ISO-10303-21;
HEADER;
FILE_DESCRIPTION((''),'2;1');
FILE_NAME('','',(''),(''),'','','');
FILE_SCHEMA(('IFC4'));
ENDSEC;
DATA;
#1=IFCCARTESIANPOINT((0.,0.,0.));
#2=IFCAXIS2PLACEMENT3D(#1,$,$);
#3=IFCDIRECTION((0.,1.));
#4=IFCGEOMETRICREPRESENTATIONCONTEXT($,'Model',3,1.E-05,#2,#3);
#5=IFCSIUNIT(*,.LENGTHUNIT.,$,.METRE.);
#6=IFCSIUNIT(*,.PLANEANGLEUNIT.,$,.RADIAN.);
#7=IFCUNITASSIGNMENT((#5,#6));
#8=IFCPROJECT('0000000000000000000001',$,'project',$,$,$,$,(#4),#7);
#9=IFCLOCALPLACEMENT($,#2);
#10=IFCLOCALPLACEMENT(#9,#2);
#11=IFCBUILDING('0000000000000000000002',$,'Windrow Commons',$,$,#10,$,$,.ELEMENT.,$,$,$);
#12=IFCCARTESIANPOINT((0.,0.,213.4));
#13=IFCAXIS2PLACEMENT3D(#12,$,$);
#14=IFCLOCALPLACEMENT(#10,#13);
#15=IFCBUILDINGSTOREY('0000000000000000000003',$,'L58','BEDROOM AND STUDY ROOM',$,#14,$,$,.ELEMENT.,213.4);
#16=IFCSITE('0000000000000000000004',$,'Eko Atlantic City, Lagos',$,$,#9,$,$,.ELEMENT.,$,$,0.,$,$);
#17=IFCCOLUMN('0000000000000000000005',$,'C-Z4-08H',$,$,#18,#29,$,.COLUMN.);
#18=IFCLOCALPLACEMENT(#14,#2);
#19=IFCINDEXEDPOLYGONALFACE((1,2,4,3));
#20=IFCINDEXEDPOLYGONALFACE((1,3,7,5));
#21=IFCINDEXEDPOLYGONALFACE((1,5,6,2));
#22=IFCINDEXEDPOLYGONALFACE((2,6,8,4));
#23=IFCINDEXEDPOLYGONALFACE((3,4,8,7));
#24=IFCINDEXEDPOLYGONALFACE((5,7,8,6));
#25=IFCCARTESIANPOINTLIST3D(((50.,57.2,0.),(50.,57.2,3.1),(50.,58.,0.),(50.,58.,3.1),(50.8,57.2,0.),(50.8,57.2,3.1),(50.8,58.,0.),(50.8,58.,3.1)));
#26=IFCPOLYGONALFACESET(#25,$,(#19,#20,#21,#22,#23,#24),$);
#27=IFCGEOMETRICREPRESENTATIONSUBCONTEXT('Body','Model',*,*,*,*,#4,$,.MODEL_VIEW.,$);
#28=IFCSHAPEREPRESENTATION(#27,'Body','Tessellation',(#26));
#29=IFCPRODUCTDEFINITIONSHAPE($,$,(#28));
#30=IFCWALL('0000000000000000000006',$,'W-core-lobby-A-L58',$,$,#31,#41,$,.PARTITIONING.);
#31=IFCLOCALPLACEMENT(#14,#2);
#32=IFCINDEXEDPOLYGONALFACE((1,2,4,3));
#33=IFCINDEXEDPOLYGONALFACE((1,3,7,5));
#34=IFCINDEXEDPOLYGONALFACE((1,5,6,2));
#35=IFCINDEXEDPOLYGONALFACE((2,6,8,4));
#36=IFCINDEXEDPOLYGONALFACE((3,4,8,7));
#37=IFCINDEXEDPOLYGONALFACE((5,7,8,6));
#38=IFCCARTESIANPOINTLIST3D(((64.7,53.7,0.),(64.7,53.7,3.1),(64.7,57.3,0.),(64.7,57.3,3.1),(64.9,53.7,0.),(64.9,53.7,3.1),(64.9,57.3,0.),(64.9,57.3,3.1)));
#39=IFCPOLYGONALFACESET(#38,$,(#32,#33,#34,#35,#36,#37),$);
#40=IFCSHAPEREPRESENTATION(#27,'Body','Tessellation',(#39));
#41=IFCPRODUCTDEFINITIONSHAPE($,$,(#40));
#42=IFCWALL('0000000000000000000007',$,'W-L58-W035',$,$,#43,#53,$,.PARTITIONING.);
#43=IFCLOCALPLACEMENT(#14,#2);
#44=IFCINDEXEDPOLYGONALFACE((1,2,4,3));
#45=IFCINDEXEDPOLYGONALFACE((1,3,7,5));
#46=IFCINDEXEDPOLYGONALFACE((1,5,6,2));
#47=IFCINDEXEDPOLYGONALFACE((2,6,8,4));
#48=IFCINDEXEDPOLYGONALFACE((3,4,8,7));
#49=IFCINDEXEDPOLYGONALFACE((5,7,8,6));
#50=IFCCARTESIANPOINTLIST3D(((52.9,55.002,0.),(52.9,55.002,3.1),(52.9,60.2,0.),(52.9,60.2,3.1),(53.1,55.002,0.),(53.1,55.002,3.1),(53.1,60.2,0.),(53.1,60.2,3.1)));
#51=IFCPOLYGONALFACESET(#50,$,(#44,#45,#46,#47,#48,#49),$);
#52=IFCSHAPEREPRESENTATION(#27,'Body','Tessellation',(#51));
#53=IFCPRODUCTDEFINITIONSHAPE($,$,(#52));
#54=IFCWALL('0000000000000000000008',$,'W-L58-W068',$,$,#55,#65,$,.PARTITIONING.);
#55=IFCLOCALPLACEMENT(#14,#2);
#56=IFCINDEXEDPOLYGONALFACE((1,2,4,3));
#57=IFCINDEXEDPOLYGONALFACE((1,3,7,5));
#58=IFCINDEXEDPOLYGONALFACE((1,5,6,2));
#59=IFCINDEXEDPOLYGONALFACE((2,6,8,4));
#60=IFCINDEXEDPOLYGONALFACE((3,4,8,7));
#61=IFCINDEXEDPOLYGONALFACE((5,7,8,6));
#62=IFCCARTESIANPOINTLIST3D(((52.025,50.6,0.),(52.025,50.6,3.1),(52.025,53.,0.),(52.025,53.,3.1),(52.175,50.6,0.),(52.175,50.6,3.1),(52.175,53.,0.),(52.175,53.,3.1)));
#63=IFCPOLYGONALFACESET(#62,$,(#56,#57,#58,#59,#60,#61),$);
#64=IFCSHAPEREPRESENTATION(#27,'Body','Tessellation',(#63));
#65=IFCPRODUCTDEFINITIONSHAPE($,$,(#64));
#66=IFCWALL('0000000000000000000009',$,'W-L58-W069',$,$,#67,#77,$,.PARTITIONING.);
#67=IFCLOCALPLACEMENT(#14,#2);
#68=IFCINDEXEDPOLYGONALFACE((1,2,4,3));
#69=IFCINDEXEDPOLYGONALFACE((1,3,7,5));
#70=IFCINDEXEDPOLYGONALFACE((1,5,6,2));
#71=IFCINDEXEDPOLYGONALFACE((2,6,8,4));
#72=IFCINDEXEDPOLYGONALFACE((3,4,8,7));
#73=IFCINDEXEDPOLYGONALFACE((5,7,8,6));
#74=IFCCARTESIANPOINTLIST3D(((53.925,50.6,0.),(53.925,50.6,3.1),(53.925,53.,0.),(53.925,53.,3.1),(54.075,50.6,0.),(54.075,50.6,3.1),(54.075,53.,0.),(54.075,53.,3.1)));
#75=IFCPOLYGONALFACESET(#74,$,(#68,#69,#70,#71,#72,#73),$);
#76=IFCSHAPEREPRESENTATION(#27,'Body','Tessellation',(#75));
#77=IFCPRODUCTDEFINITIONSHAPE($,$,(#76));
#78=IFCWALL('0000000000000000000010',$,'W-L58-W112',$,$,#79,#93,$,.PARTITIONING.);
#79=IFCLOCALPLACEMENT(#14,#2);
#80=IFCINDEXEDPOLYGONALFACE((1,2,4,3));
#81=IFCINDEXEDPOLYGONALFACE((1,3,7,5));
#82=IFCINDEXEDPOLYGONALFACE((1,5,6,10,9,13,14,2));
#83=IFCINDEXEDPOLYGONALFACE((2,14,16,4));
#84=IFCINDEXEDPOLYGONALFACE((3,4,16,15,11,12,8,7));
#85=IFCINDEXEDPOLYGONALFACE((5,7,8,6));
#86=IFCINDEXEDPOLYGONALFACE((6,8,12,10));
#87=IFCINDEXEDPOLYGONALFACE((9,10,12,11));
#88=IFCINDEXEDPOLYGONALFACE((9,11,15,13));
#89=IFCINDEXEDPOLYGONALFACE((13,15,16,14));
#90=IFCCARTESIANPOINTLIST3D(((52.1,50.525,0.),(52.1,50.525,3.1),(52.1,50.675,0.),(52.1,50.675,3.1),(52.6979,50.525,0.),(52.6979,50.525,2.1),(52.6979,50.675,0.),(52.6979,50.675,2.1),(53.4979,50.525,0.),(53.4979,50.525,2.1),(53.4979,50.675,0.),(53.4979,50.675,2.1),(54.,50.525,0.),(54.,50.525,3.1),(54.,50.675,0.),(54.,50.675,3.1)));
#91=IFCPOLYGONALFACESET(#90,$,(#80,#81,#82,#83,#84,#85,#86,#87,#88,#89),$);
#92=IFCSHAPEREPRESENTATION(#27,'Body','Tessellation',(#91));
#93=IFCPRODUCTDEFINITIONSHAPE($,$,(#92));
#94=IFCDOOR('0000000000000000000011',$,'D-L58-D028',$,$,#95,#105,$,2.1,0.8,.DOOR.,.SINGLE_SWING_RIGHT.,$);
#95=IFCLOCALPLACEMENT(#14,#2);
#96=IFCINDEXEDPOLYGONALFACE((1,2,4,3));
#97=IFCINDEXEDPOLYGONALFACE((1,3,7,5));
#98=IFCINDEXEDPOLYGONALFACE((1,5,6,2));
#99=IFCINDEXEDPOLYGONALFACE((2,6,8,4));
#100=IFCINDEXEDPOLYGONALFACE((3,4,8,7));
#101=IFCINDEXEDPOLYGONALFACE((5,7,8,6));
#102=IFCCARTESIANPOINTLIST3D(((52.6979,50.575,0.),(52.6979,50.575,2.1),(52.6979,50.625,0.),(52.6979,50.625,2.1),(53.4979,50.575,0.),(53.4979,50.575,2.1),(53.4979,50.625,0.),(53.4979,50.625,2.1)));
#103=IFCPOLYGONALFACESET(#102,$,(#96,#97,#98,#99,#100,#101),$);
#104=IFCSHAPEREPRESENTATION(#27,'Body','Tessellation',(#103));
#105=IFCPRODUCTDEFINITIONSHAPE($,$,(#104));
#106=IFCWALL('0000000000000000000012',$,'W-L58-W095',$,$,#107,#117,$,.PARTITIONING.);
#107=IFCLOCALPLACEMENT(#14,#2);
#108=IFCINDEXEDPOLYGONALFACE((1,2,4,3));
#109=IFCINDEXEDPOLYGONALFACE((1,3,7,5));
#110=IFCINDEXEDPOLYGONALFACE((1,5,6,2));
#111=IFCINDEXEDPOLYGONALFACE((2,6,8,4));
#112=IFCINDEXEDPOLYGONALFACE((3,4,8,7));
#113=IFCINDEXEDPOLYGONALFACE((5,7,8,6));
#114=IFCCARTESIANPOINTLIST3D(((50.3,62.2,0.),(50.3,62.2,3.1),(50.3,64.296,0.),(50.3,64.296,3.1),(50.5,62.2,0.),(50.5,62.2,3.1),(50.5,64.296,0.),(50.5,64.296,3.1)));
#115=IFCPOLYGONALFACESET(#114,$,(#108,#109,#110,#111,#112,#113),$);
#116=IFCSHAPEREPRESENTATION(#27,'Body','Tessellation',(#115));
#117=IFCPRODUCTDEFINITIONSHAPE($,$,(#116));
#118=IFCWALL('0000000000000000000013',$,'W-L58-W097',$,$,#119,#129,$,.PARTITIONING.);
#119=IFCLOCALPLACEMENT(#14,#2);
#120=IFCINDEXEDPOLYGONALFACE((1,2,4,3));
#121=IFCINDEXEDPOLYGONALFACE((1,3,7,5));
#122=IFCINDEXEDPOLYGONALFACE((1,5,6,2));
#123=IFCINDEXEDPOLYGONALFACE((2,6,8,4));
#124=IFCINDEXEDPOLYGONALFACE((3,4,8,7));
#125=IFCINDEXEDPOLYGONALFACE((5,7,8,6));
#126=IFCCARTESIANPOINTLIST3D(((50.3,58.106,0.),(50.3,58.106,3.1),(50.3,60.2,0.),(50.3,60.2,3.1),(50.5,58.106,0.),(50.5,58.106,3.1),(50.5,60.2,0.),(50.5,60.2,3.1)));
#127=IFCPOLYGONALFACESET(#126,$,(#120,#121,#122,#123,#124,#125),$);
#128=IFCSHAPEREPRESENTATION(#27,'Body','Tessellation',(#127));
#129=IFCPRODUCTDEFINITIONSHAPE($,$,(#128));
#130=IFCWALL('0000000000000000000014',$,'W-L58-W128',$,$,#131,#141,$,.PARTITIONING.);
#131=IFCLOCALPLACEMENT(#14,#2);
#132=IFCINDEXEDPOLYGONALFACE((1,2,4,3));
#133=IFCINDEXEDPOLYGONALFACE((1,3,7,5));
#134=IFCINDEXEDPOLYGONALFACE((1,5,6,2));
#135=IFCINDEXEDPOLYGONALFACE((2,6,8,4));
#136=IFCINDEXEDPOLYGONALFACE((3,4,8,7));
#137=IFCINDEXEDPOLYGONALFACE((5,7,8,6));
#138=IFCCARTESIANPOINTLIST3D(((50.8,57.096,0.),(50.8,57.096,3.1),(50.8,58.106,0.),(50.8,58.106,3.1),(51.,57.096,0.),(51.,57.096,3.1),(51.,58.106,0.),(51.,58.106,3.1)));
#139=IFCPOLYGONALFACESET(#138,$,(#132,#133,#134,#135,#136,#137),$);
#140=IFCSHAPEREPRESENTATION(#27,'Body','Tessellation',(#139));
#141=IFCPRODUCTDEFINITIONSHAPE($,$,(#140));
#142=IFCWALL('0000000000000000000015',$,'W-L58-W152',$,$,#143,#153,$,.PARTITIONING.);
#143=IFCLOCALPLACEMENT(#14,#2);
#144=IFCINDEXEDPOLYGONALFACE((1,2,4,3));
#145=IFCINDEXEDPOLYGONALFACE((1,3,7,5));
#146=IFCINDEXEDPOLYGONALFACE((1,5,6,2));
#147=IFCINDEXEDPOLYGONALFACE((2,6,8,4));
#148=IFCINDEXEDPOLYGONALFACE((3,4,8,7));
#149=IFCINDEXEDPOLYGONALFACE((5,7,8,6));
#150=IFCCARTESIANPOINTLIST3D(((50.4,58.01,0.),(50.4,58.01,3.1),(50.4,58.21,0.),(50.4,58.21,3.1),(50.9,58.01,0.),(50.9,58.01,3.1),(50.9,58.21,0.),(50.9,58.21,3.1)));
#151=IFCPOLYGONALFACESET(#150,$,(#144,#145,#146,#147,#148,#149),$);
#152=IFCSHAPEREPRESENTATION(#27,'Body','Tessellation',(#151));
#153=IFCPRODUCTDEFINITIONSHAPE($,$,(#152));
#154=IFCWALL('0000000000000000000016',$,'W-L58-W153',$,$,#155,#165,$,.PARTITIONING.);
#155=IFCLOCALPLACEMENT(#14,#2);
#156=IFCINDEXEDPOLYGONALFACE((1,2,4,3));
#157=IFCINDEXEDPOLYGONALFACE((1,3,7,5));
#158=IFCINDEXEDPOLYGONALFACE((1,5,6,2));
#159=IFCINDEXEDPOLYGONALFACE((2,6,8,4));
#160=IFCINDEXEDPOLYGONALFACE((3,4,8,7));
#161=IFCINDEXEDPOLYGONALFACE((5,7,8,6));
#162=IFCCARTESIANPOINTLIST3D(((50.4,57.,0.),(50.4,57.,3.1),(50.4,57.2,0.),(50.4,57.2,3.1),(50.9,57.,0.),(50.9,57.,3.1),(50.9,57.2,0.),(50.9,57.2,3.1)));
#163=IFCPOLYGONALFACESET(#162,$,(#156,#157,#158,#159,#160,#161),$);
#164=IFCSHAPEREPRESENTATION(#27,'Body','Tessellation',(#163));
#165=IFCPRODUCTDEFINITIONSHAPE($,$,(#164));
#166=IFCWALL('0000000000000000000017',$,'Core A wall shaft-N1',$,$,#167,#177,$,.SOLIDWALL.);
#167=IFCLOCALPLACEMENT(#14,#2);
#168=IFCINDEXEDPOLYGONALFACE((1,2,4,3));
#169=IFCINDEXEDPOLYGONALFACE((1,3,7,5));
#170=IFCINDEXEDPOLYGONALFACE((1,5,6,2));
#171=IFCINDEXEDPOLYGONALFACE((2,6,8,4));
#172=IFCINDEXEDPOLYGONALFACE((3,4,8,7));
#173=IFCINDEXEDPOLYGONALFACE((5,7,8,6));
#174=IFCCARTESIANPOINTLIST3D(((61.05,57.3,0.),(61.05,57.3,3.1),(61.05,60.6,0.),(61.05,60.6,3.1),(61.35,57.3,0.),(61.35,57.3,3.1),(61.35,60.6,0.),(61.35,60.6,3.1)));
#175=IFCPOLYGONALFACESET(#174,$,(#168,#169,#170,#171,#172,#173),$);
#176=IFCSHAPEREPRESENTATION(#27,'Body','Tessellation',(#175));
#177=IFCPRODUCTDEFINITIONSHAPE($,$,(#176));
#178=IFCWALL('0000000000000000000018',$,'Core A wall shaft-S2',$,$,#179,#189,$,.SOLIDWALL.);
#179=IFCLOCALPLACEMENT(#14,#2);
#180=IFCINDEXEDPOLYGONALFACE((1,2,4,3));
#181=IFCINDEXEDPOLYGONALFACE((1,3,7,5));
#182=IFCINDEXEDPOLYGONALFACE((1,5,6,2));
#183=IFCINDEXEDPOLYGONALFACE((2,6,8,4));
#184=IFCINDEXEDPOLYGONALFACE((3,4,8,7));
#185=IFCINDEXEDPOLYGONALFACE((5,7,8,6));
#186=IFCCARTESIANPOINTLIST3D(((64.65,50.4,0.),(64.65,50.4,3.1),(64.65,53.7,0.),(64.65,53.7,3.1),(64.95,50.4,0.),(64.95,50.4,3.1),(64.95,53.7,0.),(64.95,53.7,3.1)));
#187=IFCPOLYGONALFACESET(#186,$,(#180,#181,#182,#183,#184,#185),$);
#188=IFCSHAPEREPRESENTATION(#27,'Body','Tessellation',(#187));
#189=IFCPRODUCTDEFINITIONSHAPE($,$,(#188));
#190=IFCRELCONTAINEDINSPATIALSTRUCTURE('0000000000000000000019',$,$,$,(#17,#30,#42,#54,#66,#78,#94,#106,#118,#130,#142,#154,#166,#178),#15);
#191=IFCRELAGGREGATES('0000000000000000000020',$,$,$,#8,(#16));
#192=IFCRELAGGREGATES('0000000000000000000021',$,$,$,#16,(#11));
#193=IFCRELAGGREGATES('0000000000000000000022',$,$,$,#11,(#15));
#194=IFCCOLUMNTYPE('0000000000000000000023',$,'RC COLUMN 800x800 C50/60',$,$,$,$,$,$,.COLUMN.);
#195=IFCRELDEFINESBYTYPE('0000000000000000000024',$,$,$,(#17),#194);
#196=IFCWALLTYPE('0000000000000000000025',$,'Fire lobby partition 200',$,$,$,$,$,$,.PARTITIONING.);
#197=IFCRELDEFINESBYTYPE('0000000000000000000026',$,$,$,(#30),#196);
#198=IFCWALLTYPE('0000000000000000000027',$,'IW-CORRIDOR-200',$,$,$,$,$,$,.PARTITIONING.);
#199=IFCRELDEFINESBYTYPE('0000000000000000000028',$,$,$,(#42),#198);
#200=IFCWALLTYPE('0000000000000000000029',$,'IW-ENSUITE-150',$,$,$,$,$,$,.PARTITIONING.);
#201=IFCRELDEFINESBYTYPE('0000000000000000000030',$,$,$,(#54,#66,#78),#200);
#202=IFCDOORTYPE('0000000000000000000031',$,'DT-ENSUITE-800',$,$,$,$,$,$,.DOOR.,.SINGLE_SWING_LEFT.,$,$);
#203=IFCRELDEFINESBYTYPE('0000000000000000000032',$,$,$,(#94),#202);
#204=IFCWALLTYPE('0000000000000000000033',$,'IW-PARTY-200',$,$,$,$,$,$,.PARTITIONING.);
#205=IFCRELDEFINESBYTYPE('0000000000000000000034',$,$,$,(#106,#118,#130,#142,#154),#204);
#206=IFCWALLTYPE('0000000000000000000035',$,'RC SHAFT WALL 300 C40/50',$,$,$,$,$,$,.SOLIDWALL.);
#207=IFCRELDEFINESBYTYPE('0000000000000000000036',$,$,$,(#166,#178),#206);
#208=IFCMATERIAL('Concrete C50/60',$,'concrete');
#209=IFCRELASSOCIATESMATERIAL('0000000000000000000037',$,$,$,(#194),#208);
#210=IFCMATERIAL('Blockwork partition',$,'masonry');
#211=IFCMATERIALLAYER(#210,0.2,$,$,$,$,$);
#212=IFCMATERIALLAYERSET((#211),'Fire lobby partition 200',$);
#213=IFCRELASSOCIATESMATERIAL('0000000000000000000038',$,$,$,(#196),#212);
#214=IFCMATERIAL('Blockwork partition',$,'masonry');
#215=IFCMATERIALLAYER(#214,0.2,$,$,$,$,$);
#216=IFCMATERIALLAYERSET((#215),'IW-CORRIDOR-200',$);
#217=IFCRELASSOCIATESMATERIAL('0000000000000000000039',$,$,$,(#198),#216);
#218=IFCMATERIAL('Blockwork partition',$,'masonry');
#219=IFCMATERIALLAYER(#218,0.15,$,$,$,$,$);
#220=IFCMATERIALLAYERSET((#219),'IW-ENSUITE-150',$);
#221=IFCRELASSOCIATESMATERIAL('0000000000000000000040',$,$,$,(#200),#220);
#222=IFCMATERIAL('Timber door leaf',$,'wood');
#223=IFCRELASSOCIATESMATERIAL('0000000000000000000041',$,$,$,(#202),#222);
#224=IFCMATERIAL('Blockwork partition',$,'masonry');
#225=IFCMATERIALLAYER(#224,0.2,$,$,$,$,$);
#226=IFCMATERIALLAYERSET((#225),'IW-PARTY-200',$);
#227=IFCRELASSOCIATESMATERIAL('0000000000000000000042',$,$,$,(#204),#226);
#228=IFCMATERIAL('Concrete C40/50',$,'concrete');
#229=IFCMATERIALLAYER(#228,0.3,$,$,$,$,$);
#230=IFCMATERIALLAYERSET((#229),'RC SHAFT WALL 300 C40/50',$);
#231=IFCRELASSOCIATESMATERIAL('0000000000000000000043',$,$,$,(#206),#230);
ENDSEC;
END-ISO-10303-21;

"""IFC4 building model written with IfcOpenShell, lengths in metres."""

from ifc_helpers import new_model, si_unit, direction, frame, frame_2d, origin, origin_2d, place, context, subcontext, project, spatial, rectangle, extrude, material, layer, layer_set, material_profile, profile_set, type_object, element, fill, save


model = new_model("IFC4")

# Units and contexts
model_context = context("Model", 3, precision=1e-05, world=origin(), true_north=direction((0.0, 1.0)))
body_context = subcontext(model_context, "Body", "Model", "MODEL_VIEW")
ifc_project = project(units=[si_unit("LENGTHUNIT", "METRE"), si_unit("PLANEANGLEUNIT", "RADIAN")], contexts=[model_context])

# Site, building, storey
site_placement = place(None, origin())
site = spatial("IfcSite", under=ifc_project, at=site_placement, Name="Eko Atlantic City, Lagos", CompositionType="ELEMENT", RefElevation=0.0)
building_placement = place(site_placement, origin())
building = spatial("IfcBuilding", under=site, at=building_placement, Name="Windrow Commons", CompositionType="ELEMENT")
storey_placement = place(building_placement, frame((0.0, 0.0, 213.4)))
storey = spatial("IfcBuildingStorey", under=building, at=storey_placement, Name="L58", Description="BEDROOM AND STUDY ROOM", CompositionType="ELEMENT", Elevation=213.4)

# Column
ifc_material_1 = material(Name="Concrete C50/60", Category="concrete")
ifc_material_profile = material_profile(ifc_material_1, rectangle(XDim=0.8, YDim=0.8, at=origin_2d()))
ifc_profile_set = profile_set([ifc_material_profile], Name="Concrete C50/60")
column_type = type_object("IfcColumnType", Name="RC COLUMN 800x800 C50/60", PredefinedType="COLUMN", material=ifc_profile_set)
column_placement = place(storey_placement, frame((50.4, 57.6, 0.0), z_axis=(0.0, 0.0, 1.0), x_axis=(1.0, 0.0, 0.0)))
element("IfcColumn", 1, at=column_placement, inside=storey, type_object=column_type, Name="C-Z4-08H", PredefinedType="COLUMN", context=body_context, shape_type="SweptSolid", body=[
    extrude(rectangle(XDim=0.8, YDim=0.8, at=origin_2d()), origin(), (0.0, 0.0, 1.0), 3.1),
])

# Walls
ifc_material_2 = material(Name="Blockwork partition", Category="masonry")
ifc_layer_1 = layer(ifc_material_2, 0.2)
ifc_layer_set_1 = layer_set([ifc_layer_1], Name="Fire lobby partition 200")
wall_type_1 = type_object("IfcWallType", Name="Fire lobby partition 200", PredefinedType="PARTITIONING", material=ifc_layer_set_1)
wall_1_placement = place(storey_placement, frame((64.8, 53.7, 0.0), z_axis=(0.0, 0.0, 1.0), x_axis=(0.0, 1.0, 0.0)))
element("IfcWall", 2, at=wall_1_placement, inside=storey, type_object=wall_type_1, Name="W-core-lobby-A-L58", PredefinedType="PARTITIONING", context=body_context, shape_type="SweptSolid", body=[
    extrude(rectangle(XDim=3.6, YDim=0.2, at=frame_2d((1.8, 0.0))), origin(), (0.0, 0.0, 1.0), 3.1),
])
ifc_material_3 = material(Name="Blockwork partition", Category="masonry")
ifc_layer_2 = layer(ifc_material_3, 0.2)
ifc_layer_set_2 = layer_set([ifc_layer_2], Name="IW-CORRIDOR-200")
wall_type_2 = type_object("IfcWallType", Name="IW-CORRIDOR-200", PredefinedType="PARTITIONING", material=ifc_layer_set_2)
wall_2_placement = place(storey_placement, frame((53.0, 55.002, 0.0), z_axis=(0.0, 0.0, 1.0), x_axis=(0.0, 1.0, 0.0)))
element("IfcWall", 3, at=wall_2_placement, inside=storey, type_object=wall_type_2, Name="W-L58-W035", PredefinedType="PARTITIONING", context=body_context, shape_type="SweptSolid", body=[
    extrude(rectangle(XDim=5.198, YDim=0.2, at=frame_2d((2.599, 0.0))), origin(), (0.0, 0.0, 1.0), 3.1),
])
ifc_material_4 = material(Name="Blockwork partition", Category="masonry")
ifc_layer_3 = layer(ifc_material_4, 0.15)
ifc_layer_set_3 = layer_set([ifc_layer_3], Name="IW-ENSUITE-150")
wall_type_3 = type_object("IfcWallType", Name="IW-ENSUITE-150", PredefinedType="PARTITIONING", material=ifc_layer_set_3)
for number, where, z_axis, x_axis, name in (
    (4, (52.1, 50.6, 0.0), (0.0, 0.0, 1.0), (0.0, 1.0, 0.0), "W-L58-W068"),
    (5, (54.0, 50.6, 0.0), (0.0, 0.0, 1.0), (0.0, 1.0, 0.0), "W-L58-W069"),
):
    element("IfcWall", number, at=place(storey_placement, frame(where, z_axis=z_axis, x_axis=x_axis)), inside=storey, type_object=wall_type_3, Name=name, PredefinedType="PARTITIONING", context=body_context, shape_type="SweptSolid", body=[
        extrude(rectangle(XDim=2.4, YDim=0.15, at=frame_2d((1.2, 0.0))), origin(), (0.0, 0.0, 1.0), 3.1),
    ])

# Wall, opening, door
wall_3_placement = place(storey_placement, frame((52.1, 50.6, 0.0), z_axis=(0.0, 0.0, 1.0), x_axis=(1.0, 0.0, 0.0)))
wall_3 = element("IfcWall", 6, at=wall_3_placement, inside=storey, type_object=wall_type_3, Name="W-L58-W112", PredefinedType="PARTITIONING", context=body_context, shape_type="SweptSolid", body=[
    extrude(rectangle(XDim=1.9, YDim=0.15, at=frame_2d((0.95, 0.0))), origin(), (0.0, 0.0, 1.0), 3.1),
])
opening_1_placement = place(wall_3_placement, frame((0.5979, 0.0, 0.0)))
opening_1 = element("IfcOpeningElement", 7, at=opening_1_placement, cuts=wall_3, PredefinedType="OPENING", context=body_context, shape_type="SweptSolid", body=[
    extrude(rectangle(XDim=0.8, YDim=2.1, at=frame_2d((0.4, 1.05))), frame((0.0, 0.085, 0.0), z_axis=(0.0, -1.0, 0.0), x_axis=(1.0, 0.0, 0.0)), (0.0, 0.0, 1.0), 0.17),
])
ifc_material_5 = material(Name="Timber door leaf", Category="wood")
door_type_1 = type_object("IfcDoorType", Name="DT-ENSUITE-800", OperationType="SINGLE_SWING_LEFT", PredefinedType="DOOR", material=ifc_material_5)
door_1_placement = place(opening_1_placement, origin())
door_1 = element("IfcDoor", 8, at=door_1_placement, inside=storey, type_object=door_type_1, Name="D-L58-D028", OperationType="SINGLE_SWING_RIGHT", OverallHeight=2.1, OverallWidth=0.8, PredefinedType="DOOR", context=body_context, shape_type="SweptSolid", body=[
    extrude(rectangle(XDim=0.8, YDim=2.1, at=frame_2d((0.4, 1.05))), frame((0.0, 0.025, 0.0), z_axis=(0.0, -1.0, 0.0), x_axis=(1.0, 0.0, 0.0)), (0.0, 0.0, 1.0), 0.05),
])
fill(opening_1, door_1)

# Walls
ifc_material_6 = material(Name="Blockwork partition", Category="masonry")
ifc_layer_4 = layer(ifc_material_6, 0.2)
ifc_layer_set_4 = layer_set([ifc_layer_4], Name="IW-PARTY-200")
wall_type_4 = type_object("IfcWallType", Name="IW-PARTY-200", PredefinedType="PARTITIONING", material=ifc_layer_set_4)
wall_4_placement = place(storey_placement, frame((50.4, 62.2, 0.0), z_axis=(0.0, 0.0, 1.0), x_axis=(0.0, 1.0, 0.0)))
element("IfcWall", 9, at=wall_4_placement, inside=storey, type_object=wall_type_4, Name="W-L58-W095", PredefinedType="PARTITIONING", context=body_context, shape_type="SweptSolid", body=[
    extrude(rectangle(XDim=2.096, YDim=0.2, at=frame_2d((1.048, 0.0))), origin(), (0.0, 0.0, 1.0), 3.1),
])
wall_5_placement = place(storey_placement, frame((50.4, 58.106, 0.0), z_axis=(0.0, 0.0, 1.0), x_axis=(0.0, 1.0, 0.0)))
element("IfcWall", 10, at=wall_5_placement, inside=storey, type_object=wall_type_4, Name="W-L58-W097", PredefinedType="PARTITIONING", context=body_context, shape_type="SweptSolid", body=[
    extrude(rectangle(XDim=2.094, YDim=0.2, at=frame_2d((1.047, 0.0))), origin(), (0.0, 0.0, 1.0), 3.1),
])
wall_6_placement = place(storey_placement, frame((50.9, 57.096, 0.0), z_axis=(0.0, 0.0, 1.0), x_axis=(0.0, 1.0, 0.0)))
element("IfcWall", 11, at=wall_6_placement, inside=storey, type_object=wall_type_4, Name="W-L58-W128", PredefinedType="PARTITIONING", context=body_context, shape_type="SweptSolid", body=[
    extrude(rectangle(XDim=1.01, YDim=0.2, at=frame_2d((0.505, 0.0))), origin(), (0.0, 0.0, 1.0), 3.1),
])
for number, where, z_axis, x_axis, name in (
    (12, (50.4, 58.11, 0.0), (0.0, 0.0, 1.0), (1.0, 0.0, 0.0), "W-L58-W152"),
    (13, (50.4, 57.1, 0.0), (0.0, 0.0, 1.0), (1.0, 0.0, 0.0), "W-L58-W153"),
):
    element("IfcWall", number, at=place(storey_placement, frame(where, z_axis=z_axis, x_axis=x_axis)), inside=storey, type_object=wall_type_4, Name=name, PredefinedType="PARTITIONING", context=body_context, shape_type="SweptSolid", body=[
        extrude(rectangle(XDim=0.5, YDim=0.2, at=frame_2d((0.25, 0.0))), origin(), (0.0, 0.0, 1.0), 3.1),
    ])
ifc_material_7 = material(Name="Concrete C40/50", Category="concrete")
ifc_layer_5 = layer(ifc_material_7, 0.3)
ifc_layer_set_5 = layer_set([ifc_layer_5], Name="RC SHAFT WALL 300 C40/50")
wall_type_5 = type_object("IfcWallType", Name="RC SHAFT WALL 300 C40/50", PredefinedType="SOLIDWALL", material=ifc_layer_set_5)
for number, where, z_axis, x_axis, name in (
    (14, (61.2, 57.3, 0.0), (0.0, 0.0, 1.0), (0.0, 1.0, 0.0), "Core A wall shaft-N1"),
    (15, (64.8, 50.4, 0.0), (0.0, 0.0, 1.0), (0.0, 1.0, 0.0), "Core A wall shaft-S2"),
):
    element("IfcWall", number, at=place(storey_placement, frame(where, z_axis=z_axis, x_axis=x_axis)), inside=storey, type_object=wall_type_5, Name=name, PredefinedType="SOLIDWALL", context=body_context, shape_type="SweptSolid", body=[
        extrude(rectangle(XDim=3.3, YDim=0.3, at=frame_2d((1.65, 0.0))), origin(), (0.0, 0.0, 1.0), 3.1),
    ])

save(model, "model.ifc")
